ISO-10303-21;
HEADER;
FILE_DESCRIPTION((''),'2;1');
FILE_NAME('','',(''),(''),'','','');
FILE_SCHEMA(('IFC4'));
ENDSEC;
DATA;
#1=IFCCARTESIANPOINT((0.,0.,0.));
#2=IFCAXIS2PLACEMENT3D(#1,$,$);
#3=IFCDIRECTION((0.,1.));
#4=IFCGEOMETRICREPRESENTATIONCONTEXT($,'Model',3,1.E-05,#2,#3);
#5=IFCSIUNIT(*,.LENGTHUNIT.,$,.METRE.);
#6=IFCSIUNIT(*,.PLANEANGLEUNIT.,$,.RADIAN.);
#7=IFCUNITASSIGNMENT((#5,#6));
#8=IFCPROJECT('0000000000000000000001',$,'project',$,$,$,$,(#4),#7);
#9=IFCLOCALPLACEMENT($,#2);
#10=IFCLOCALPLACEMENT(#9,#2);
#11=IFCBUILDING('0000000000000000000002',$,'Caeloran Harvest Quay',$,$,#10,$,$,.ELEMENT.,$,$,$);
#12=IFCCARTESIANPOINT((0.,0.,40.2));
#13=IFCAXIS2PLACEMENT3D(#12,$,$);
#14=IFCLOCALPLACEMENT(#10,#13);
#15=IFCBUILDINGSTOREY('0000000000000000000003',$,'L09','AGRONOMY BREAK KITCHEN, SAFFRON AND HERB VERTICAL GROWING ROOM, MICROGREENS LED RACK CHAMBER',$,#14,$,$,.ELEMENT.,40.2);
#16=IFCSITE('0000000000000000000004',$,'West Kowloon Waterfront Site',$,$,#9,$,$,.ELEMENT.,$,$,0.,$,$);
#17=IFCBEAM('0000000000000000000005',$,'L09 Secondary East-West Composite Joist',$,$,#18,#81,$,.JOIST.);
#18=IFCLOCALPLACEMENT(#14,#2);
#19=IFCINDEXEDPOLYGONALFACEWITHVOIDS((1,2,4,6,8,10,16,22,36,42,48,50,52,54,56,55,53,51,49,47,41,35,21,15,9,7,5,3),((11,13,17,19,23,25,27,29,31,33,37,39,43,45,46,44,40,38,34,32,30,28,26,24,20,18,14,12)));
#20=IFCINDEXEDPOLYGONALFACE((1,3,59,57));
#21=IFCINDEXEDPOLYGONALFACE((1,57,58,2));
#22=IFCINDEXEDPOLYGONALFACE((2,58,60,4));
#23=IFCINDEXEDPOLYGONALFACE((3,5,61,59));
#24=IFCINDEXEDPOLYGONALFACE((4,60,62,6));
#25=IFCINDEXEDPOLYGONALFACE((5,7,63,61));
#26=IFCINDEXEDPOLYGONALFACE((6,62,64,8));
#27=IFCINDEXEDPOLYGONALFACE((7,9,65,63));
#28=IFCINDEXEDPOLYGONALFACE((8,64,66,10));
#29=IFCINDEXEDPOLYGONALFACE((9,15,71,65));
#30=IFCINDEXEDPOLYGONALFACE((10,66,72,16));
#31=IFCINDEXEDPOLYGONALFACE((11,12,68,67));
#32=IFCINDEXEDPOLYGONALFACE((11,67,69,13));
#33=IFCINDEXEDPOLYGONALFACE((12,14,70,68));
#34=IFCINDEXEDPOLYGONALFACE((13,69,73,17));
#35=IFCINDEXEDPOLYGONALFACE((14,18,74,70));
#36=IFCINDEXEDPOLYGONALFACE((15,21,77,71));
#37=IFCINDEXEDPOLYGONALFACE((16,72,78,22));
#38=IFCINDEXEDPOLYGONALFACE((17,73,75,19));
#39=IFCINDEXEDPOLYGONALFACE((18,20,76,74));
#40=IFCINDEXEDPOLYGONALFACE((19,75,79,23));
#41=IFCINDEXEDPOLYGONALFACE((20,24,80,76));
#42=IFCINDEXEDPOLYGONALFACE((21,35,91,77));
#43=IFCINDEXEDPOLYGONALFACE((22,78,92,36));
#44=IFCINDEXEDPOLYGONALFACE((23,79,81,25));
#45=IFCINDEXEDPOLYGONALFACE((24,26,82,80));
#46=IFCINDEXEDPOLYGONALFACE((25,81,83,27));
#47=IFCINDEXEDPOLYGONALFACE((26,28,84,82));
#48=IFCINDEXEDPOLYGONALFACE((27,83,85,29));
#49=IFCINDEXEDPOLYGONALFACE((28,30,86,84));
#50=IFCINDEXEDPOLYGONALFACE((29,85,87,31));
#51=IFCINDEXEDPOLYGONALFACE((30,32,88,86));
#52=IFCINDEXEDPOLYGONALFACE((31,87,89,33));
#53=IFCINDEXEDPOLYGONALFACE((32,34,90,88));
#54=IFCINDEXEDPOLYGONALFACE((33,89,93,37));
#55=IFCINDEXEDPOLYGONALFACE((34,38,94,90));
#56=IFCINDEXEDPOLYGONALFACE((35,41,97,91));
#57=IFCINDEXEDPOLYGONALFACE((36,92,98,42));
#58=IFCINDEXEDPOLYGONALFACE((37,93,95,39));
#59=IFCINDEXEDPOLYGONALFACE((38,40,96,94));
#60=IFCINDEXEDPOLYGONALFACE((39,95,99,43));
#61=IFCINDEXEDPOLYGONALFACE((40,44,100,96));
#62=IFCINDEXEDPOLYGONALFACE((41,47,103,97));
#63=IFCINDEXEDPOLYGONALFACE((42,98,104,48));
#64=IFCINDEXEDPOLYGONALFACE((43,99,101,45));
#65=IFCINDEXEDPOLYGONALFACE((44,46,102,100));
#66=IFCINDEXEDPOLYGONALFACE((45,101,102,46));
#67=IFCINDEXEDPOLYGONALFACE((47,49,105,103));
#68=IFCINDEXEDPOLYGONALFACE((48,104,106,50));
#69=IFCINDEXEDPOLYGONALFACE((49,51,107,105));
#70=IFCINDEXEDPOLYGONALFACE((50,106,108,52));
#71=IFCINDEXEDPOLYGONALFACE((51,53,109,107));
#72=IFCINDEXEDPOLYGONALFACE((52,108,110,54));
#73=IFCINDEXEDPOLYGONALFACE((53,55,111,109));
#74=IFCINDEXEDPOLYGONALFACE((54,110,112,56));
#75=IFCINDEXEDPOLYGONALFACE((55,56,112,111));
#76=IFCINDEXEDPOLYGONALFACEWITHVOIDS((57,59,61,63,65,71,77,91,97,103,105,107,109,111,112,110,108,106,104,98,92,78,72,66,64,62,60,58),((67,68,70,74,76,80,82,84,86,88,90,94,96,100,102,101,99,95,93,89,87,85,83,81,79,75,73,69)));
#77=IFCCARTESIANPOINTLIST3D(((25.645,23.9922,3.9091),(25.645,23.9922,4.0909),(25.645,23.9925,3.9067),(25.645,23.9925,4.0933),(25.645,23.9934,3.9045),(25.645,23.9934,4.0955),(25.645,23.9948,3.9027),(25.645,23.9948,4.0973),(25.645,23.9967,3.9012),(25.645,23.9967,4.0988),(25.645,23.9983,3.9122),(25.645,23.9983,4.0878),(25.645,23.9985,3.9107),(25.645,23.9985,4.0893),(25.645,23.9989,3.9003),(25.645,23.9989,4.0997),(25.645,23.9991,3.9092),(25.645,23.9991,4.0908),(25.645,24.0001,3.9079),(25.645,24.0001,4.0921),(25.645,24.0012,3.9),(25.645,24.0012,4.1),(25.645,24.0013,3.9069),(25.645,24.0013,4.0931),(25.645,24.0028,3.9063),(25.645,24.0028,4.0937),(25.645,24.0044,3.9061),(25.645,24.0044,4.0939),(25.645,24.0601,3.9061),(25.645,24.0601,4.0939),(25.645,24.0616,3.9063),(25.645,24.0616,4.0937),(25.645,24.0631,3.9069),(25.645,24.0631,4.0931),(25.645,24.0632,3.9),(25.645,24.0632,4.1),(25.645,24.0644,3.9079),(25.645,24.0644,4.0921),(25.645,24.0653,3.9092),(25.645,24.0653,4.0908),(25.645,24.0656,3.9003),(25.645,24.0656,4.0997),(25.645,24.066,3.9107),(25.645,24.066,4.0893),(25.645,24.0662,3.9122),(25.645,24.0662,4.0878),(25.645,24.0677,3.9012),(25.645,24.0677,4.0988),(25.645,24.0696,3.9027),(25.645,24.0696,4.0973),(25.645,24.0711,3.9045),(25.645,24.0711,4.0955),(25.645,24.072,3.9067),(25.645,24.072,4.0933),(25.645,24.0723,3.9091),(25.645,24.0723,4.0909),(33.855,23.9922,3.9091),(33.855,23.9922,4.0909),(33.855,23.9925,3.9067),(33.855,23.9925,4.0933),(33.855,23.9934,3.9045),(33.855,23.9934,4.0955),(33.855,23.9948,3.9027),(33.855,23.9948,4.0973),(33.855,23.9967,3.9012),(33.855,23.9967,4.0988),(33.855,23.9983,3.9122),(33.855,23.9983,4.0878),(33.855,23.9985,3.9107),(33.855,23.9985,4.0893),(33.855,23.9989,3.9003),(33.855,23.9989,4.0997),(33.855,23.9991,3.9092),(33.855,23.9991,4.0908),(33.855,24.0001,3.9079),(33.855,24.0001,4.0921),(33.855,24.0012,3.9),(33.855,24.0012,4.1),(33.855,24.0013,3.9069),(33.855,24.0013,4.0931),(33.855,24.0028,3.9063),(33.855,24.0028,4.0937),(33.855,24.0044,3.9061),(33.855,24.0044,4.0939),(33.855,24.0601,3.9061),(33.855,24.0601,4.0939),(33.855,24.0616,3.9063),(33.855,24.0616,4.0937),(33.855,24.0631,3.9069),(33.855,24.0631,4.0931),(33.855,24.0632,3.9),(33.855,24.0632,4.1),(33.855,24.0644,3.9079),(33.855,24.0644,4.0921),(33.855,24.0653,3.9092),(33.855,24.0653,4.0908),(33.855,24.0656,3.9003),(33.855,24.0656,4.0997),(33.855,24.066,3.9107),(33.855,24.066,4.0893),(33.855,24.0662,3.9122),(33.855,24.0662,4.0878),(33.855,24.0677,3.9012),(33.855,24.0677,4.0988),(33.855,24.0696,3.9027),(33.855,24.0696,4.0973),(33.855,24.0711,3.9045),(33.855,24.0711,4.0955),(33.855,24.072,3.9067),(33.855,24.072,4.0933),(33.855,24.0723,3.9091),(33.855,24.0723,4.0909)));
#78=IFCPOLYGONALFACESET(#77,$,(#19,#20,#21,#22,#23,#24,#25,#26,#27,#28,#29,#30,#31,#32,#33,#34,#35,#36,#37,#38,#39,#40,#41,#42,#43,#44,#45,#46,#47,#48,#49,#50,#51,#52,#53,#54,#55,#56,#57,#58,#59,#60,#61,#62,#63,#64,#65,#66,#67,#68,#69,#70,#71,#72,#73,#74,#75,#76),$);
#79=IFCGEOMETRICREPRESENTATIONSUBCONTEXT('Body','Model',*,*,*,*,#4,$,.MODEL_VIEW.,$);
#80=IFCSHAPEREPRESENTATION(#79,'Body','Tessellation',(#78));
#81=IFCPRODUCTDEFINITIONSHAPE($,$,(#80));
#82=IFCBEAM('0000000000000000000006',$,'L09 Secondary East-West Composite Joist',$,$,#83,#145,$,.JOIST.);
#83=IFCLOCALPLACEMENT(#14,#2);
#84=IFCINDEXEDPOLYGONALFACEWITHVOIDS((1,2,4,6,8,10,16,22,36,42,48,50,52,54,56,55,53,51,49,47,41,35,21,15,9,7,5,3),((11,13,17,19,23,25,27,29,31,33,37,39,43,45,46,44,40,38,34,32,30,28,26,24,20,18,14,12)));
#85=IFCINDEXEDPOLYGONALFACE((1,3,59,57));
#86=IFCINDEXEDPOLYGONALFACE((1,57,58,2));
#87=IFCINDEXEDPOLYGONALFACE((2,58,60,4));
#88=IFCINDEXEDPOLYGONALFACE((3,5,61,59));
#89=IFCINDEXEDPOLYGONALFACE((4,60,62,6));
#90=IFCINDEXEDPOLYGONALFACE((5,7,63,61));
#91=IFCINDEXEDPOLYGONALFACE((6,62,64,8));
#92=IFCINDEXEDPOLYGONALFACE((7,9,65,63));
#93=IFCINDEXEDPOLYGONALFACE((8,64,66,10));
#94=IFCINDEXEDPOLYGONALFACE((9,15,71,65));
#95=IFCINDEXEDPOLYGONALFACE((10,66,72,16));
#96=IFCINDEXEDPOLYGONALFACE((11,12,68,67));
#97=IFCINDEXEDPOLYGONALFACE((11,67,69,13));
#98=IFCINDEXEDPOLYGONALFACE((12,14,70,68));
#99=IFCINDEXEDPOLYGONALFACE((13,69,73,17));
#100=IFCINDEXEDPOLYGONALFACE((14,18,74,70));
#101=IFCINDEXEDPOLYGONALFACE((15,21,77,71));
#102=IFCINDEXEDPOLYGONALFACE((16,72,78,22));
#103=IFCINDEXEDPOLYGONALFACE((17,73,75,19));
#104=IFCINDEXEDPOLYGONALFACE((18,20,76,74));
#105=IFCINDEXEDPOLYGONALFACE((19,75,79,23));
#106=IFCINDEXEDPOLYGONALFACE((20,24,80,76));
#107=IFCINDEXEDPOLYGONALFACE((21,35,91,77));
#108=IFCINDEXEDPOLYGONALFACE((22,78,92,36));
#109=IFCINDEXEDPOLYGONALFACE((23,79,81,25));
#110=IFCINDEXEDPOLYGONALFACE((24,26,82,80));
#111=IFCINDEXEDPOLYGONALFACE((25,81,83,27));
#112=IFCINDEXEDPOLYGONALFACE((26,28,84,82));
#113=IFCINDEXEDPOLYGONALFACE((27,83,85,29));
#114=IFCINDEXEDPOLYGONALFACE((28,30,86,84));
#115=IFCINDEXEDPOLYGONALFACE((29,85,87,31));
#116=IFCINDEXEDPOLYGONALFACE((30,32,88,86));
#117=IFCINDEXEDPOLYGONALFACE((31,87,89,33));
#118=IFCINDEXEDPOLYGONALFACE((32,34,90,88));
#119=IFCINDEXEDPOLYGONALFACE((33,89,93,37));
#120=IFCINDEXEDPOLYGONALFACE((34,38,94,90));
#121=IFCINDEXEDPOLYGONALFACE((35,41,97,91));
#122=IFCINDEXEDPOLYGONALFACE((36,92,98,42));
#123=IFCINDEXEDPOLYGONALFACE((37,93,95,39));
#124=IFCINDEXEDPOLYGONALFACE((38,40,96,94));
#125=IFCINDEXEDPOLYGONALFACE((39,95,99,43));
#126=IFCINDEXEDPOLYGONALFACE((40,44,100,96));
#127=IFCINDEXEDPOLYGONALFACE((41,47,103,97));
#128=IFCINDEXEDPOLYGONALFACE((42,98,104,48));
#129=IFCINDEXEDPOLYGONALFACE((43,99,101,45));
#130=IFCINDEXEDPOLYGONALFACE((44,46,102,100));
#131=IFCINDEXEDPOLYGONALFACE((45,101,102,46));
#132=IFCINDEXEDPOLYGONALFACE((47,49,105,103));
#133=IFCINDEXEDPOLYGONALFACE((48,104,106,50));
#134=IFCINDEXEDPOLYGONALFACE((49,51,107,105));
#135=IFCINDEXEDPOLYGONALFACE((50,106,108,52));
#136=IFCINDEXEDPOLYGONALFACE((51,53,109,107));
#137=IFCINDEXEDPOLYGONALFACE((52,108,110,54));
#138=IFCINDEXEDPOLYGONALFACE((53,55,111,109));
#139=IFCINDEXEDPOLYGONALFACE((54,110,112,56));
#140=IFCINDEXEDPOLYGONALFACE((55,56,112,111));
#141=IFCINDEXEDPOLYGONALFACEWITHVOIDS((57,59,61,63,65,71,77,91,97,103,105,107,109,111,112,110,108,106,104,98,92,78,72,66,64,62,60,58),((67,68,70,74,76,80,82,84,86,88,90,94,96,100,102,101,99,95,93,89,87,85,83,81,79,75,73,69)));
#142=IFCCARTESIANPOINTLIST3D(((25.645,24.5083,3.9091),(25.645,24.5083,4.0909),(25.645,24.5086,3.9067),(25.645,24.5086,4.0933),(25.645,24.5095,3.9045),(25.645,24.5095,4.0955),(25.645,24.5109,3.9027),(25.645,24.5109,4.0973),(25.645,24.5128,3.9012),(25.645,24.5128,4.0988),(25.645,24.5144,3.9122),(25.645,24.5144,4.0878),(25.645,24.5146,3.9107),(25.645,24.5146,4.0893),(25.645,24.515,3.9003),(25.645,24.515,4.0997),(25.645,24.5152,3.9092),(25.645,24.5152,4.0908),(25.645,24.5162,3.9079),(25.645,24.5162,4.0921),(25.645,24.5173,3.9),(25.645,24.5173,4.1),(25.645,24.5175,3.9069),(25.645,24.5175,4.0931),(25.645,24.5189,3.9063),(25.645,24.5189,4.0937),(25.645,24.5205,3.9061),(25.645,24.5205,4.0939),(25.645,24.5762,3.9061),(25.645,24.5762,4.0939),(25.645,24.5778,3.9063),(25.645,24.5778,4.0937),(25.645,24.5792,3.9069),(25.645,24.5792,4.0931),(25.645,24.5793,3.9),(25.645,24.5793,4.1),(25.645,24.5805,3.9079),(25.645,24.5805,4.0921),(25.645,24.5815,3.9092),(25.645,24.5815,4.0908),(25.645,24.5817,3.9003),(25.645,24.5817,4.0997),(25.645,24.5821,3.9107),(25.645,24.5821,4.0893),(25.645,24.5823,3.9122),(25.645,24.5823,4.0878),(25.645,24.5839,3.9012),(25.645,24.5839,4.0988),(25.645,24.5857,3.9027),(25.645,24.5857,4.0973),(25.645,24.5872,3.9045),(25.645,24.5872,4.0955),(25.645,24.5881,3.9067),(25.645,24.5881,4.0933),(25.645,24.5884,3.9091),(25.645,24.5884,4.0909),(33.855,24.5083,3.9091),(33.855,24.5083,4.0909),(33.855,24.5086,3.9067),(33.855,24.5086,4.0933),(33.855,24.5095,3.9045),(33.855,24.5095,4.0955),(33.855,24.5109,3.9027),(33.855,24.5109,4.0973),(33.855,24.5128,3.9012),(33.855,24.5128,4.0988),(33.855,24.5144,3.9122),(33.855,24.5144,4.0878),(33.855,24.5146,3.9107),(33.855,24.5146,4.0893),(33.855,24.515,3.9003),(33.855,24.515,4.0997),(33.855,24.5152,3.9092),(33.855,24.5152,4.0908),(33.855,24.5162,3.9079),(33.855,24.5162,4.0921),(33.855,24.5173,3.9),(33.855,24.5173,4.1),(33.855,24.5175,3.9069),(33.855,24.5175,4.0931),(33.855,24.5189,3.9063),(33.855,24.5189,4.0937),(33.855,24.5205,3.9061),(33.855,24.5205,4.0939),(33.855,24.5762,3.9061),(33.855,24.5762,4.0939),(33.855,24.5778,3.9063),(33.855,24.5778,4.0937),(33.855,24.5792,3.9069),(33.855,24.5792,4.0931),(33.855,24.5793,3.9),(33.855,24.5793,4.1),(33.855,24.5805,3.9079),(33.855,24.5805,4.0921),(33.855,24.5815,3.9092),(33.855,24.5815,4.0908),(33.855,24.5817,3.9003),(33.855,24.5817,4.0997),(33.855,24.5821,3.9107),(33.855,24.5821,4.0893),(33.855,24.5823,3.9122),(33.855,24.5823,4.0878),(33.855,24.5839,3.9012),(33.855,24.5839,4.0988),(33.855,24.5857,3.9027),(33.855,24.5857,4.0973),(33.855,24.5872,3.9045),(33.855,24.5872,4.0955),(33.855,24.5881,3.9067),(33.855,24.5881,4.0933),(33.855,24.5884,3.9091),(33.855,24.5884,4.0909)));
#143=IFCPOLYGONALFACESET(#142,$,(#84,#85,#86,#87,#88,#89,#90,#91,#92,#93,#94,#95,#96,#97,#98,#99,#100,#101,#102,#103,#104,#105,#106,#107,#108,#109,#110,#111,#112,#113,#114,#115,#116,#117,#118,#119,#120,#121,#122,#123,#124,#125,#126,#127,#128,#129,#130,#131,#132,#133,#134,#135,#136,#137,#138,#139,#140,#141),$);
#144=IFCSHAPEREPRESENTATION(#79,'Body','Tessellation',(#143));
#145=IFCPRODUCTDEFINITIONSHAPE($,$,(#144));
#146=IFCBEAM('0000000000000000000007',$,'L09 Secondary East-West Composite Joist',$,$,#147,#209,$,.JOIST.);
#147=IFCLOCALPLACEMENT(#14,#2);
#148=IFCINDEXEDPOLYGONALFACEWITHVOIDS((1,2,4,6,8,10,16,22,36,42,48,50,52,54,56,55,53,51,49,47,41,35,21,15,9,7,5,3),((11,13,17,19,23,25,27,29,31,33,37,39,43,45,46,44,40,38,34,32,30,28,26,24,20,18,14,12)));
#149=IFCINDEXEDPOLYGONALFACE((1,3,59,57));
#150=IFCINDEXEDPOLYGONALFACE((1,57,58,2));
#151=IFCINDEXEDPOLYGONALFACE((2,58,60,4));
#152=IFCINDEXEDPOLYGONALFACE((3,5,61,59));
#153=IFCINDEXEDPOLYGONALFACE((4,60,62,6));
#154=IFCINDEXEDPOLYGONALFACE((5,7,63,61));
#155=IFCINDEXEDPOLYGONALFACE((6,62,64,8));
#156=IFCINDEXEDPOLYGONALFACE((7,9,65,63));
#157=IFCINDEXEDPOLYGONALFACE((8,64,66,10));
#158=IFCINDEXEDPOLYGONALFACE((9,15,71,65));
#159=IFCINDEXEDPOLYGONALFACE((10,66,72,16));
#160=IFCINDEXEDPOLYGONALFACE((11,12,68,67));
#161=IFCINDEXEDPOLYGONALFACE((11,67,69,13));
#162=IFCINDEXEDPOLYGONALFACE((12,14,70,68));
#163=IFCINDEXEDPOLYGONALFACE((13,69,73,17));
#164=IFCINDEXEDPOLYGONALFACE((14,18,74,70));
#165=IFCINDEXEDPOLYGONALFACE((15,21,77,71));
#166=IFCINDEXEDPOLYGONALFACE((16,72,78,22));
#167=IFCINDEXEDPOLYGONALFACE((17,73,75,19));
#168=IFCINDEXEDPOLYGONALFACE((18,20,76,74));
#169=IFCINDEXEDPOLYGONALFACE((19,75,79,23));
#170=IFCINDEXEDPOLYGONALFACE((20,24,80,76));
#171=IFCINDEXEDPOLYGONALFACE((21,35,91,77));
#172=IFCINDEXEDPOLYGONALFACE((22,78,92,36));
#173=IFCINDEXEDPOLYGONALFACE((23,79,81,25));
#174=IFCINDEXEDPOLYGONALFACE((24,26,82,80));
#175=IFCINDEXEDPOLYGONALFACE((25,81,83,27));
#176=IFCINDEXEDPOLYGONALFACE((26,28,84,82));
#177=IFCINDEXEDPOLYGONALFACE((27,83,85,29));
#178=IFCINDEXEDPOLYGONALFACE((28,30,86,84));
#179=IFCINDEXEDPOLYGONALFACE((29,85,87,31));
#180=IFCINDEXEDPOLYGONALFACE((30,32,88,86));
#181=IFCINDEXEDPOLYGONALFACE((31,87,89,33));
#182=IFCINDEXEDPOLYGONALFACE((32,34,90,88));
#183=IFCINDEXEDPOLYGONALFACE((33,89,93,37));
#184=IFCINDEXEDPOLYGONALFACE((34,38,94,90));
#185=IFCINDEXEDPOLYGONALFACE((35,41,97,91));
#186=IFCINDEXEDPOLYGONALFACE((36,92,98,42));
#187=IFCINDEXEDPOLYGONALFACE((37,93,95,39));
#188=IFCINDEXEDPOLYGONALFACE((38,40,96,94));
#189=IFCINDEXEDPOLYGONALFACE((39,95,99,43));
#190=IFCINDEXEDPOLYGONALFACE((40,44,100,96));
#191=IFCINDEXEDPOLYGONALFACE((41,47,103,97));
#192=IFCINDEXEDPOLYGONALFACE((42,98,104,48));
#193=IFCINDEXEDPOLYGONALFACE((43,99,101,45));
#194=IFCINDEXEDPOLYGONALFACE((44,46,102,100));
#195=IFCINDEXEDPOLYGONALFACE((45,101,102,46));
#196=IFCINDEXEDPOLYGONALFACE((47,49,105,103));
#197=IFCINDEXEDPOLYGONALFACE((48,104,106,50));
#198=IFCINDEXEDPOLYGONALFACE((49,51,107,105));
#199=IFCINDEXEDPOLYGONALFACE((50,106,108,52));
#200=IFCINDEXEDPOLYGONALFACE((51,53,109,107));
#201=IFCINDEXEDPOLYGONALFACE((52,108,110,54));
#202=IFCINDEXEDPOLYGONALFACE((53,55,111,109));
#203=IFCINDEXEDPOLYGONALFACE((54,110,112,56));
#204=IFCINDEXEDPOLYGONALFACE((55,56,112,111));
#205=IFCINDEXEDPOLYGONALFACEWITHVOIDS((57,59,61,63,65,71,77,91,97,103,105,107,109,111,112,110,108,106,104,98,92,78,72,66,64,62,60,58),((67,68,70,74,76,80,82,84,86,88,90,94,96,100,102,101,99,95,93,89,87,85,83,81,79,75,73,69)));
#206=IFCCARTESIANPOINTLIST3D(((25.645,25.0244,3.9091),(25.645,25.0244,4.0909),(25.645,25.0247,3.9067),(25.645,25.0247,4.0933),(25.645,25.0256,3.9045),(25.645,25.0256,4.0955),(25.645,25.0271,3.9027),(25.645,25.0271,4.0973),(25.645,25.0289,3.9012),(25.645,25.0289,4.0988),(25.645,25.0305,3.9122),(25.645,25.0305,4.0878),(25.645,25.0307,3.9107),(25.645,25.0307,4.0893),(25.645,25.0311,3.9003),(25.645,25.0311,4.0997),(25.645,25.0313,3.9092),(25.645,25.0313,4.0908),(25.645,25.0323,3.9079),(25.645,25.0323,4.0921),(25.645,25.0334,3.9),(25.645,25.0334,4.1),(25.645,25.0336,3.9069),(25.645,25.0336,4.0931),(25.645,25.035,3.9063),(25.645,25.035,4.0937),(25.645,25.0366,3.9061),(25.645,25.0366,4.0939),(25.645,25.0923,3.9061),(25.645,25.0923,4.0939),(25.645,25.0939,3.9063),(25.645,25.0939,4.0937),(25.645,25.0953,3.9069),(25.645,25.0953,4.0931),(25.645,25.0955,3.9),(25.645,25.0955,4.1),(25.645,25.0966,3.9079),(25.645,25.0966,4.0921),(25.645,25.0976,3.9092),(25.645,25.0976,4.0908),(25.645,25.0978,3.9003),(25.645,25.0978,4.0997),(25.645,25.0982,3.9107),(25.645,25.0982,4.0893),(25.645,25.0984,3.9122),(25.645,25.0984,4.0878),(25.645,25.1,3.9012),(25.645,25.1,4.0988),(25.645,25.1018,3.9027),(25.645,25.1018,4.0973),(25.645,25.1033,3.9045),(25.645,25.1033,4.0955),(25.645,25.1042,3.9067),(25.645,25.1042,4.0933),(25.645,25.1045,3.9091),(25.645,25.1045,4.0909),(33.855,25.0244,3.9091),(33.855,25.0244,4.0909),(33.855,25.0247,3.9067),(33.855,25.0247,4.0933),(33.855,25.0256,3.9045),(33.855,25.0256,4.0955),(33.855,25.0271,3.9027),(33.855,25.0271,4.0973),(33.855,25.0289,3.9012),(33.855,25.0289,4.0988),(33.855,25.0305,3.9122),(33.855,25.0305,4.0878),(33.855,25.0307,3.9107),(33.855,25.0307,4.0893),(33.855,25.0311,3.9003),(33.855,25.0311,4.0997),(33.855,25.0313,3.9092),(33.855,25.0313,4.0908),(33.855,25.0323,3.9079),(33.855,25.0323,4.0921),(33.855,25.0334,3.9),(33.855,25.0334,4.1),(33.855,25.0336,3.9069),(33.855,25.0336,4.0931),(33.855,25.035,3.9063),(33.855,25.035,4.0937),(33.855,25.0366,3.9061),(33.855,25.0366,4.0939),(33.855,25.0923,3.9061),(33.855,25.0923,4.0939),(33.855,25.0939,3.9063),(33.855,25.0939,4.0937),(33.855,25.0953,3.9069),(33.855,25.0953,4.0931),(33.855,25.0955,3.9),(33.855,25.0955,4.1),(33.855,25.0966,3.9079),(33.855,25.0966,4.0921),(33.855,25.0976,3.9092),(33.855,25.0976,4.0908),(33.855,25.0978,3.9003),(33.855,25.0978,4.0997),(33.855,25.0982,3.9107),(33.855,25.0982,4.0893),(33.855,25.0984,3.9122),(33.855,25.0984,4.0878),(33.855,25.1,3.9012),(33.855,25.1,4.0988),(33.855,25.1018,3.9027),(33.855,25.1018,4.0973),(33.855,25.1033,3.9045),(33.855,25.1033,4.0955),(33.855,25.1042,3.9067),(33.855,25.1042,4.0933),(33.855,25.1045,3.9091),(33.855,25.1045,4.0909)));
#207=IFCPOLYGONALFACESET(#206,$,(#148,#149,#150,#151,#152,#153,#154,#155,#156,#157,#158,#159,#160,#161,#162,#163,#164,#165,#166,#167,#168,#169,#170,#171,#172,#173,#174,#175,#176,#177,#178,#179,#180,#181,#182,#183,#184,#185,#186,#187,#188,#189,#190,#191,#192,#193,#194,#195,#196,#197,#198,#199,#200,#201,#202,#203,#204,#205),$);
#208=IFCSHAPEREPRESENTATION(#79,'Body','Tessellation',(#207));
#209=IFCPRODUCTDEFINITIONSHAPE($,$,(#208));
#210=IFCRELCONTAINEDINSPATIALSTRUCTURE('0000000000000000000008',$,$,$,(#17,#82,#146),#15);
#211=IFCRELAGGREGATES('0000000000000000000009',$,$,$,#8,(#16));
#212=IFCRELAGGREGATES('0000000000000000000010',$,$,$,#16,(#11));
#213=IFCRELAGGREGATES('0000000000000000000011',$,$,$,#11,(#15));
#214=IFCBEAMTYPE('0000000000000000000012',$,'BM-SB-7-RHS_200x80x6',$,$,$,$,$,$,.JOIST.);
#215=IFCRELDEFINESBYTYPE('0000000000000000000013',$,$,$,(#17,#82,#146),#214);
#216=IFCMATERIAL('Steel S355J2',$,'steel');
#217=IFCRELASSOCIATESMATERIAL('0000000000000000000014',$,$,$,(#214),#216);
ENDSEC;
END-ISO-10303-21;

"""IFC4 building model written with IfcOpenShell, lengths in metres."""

from ifc_helpers import new_model, si_unit, direction, frame, origin, origin_2d, place, context, subcontext, project, spatial, hollow_rectangle, extrude, material, material_profile, profile_set, type_object, element, save


model = new_model("IFC4")

# Units and contexts
model_context = context("Model", 3, precision=1e-05, world=origin(), true_north=direction((0.0, 1.0)))
body_context = subcontext(model_context, "Body", "Model", "MODEL_VIEW")
ifc_project = project(units=[si_unit("LENGTHUNIT", "METRE"), si_unit("PLANEANGLEUNIT", "RADIAN")], contexts=[model_context])

# Site, building, storey
site_placement = place(None, origin())
site = spatial("IfcSite", under=ifc_project, at=site_placement, Name="West Kowloon Waterfront Site", CompositionType="ELEMENT", RefElevation=0.0)
building_placement = place(site_placement, origin())
building = spatial("IfcBuilding", under=site, at=building_placement, Name="Caeloran Harvest Quay", CompositionType="ELEMENT")
storey_placement = place(building_placement, frame((0.0, 0.0, 40.2)))
storey = spatial("IfcBuildingStorey", under=building, at=storey_placement, Name="L09", Description="AGRONOMY BREAK KITCHEN, SAFFRON AND HERB VERTICAL GROWING ROOM, MICROGREENS LED RACK CHAMBER", CompositionType="ELEMENT", Elevation=40.2)

# Beams
ifc_material_1 = material(Name="Steel S355J2", Category="steel")
ifc_material_profile_1 = material_profile(ifc_material_1, hollow_rectangle(XDim=0.0801, YDim=0.2, WallThickness=0.0061, InnerFilletRadius=0.0061, OuterFilletRadius=0.009, at=origin_2d()), Name="RHS 200x80x6")
ifc_profile_set_1 = profile_set([ifc_material_profile_1], Name="Steel S355J2")
beam_type_1 = type_object("IfcBeamType", Name="BM-SB-7-RHS_200x80x6", PredefinedType="JOIST", material=ifc_profile_set_1)
for number, where, z_axis, x_axis, name in (
    (1, (25.645, 24.0322, 4.0), (1.0, 0.0, 0.0), (0.0, 1.0, 0.0), "L09 Secondary East-West Composite Joist"),
    (2, (25.645, 24.5483, 4.0), (1.0, 0.0, 0.0), (0.0, 1.0, 0.0), "L09 Secondary East-West Composite Joist"),
    (3, (25.645, 25.0645, 4.0), (1.0, 0.0, 0.0), (0.0, 1.0, 0.0), "L09 Secondary East-West Composite Joist"),
):
    element("IfcBeam", number, at=place(storey_placement, frame(where, z_axis=z_axis, x_axis=x_axis)), inside=storey, type_object=beam_type_1, Name=name, PredefinedType="JOIST", context=body_context, shape_type="SweptSolid", body=[
        extrude(hollow_rectangle(XDim=0.0801, YDim=0.2, WallThickness=0.0061, InnerFilletRadius=0.0061, OuterFilletRadius=0.009, at=origin_2d()), origin(), (0.0, 0.0, 1.0), 8.21),
    ])

save(model, "model.ifc")
